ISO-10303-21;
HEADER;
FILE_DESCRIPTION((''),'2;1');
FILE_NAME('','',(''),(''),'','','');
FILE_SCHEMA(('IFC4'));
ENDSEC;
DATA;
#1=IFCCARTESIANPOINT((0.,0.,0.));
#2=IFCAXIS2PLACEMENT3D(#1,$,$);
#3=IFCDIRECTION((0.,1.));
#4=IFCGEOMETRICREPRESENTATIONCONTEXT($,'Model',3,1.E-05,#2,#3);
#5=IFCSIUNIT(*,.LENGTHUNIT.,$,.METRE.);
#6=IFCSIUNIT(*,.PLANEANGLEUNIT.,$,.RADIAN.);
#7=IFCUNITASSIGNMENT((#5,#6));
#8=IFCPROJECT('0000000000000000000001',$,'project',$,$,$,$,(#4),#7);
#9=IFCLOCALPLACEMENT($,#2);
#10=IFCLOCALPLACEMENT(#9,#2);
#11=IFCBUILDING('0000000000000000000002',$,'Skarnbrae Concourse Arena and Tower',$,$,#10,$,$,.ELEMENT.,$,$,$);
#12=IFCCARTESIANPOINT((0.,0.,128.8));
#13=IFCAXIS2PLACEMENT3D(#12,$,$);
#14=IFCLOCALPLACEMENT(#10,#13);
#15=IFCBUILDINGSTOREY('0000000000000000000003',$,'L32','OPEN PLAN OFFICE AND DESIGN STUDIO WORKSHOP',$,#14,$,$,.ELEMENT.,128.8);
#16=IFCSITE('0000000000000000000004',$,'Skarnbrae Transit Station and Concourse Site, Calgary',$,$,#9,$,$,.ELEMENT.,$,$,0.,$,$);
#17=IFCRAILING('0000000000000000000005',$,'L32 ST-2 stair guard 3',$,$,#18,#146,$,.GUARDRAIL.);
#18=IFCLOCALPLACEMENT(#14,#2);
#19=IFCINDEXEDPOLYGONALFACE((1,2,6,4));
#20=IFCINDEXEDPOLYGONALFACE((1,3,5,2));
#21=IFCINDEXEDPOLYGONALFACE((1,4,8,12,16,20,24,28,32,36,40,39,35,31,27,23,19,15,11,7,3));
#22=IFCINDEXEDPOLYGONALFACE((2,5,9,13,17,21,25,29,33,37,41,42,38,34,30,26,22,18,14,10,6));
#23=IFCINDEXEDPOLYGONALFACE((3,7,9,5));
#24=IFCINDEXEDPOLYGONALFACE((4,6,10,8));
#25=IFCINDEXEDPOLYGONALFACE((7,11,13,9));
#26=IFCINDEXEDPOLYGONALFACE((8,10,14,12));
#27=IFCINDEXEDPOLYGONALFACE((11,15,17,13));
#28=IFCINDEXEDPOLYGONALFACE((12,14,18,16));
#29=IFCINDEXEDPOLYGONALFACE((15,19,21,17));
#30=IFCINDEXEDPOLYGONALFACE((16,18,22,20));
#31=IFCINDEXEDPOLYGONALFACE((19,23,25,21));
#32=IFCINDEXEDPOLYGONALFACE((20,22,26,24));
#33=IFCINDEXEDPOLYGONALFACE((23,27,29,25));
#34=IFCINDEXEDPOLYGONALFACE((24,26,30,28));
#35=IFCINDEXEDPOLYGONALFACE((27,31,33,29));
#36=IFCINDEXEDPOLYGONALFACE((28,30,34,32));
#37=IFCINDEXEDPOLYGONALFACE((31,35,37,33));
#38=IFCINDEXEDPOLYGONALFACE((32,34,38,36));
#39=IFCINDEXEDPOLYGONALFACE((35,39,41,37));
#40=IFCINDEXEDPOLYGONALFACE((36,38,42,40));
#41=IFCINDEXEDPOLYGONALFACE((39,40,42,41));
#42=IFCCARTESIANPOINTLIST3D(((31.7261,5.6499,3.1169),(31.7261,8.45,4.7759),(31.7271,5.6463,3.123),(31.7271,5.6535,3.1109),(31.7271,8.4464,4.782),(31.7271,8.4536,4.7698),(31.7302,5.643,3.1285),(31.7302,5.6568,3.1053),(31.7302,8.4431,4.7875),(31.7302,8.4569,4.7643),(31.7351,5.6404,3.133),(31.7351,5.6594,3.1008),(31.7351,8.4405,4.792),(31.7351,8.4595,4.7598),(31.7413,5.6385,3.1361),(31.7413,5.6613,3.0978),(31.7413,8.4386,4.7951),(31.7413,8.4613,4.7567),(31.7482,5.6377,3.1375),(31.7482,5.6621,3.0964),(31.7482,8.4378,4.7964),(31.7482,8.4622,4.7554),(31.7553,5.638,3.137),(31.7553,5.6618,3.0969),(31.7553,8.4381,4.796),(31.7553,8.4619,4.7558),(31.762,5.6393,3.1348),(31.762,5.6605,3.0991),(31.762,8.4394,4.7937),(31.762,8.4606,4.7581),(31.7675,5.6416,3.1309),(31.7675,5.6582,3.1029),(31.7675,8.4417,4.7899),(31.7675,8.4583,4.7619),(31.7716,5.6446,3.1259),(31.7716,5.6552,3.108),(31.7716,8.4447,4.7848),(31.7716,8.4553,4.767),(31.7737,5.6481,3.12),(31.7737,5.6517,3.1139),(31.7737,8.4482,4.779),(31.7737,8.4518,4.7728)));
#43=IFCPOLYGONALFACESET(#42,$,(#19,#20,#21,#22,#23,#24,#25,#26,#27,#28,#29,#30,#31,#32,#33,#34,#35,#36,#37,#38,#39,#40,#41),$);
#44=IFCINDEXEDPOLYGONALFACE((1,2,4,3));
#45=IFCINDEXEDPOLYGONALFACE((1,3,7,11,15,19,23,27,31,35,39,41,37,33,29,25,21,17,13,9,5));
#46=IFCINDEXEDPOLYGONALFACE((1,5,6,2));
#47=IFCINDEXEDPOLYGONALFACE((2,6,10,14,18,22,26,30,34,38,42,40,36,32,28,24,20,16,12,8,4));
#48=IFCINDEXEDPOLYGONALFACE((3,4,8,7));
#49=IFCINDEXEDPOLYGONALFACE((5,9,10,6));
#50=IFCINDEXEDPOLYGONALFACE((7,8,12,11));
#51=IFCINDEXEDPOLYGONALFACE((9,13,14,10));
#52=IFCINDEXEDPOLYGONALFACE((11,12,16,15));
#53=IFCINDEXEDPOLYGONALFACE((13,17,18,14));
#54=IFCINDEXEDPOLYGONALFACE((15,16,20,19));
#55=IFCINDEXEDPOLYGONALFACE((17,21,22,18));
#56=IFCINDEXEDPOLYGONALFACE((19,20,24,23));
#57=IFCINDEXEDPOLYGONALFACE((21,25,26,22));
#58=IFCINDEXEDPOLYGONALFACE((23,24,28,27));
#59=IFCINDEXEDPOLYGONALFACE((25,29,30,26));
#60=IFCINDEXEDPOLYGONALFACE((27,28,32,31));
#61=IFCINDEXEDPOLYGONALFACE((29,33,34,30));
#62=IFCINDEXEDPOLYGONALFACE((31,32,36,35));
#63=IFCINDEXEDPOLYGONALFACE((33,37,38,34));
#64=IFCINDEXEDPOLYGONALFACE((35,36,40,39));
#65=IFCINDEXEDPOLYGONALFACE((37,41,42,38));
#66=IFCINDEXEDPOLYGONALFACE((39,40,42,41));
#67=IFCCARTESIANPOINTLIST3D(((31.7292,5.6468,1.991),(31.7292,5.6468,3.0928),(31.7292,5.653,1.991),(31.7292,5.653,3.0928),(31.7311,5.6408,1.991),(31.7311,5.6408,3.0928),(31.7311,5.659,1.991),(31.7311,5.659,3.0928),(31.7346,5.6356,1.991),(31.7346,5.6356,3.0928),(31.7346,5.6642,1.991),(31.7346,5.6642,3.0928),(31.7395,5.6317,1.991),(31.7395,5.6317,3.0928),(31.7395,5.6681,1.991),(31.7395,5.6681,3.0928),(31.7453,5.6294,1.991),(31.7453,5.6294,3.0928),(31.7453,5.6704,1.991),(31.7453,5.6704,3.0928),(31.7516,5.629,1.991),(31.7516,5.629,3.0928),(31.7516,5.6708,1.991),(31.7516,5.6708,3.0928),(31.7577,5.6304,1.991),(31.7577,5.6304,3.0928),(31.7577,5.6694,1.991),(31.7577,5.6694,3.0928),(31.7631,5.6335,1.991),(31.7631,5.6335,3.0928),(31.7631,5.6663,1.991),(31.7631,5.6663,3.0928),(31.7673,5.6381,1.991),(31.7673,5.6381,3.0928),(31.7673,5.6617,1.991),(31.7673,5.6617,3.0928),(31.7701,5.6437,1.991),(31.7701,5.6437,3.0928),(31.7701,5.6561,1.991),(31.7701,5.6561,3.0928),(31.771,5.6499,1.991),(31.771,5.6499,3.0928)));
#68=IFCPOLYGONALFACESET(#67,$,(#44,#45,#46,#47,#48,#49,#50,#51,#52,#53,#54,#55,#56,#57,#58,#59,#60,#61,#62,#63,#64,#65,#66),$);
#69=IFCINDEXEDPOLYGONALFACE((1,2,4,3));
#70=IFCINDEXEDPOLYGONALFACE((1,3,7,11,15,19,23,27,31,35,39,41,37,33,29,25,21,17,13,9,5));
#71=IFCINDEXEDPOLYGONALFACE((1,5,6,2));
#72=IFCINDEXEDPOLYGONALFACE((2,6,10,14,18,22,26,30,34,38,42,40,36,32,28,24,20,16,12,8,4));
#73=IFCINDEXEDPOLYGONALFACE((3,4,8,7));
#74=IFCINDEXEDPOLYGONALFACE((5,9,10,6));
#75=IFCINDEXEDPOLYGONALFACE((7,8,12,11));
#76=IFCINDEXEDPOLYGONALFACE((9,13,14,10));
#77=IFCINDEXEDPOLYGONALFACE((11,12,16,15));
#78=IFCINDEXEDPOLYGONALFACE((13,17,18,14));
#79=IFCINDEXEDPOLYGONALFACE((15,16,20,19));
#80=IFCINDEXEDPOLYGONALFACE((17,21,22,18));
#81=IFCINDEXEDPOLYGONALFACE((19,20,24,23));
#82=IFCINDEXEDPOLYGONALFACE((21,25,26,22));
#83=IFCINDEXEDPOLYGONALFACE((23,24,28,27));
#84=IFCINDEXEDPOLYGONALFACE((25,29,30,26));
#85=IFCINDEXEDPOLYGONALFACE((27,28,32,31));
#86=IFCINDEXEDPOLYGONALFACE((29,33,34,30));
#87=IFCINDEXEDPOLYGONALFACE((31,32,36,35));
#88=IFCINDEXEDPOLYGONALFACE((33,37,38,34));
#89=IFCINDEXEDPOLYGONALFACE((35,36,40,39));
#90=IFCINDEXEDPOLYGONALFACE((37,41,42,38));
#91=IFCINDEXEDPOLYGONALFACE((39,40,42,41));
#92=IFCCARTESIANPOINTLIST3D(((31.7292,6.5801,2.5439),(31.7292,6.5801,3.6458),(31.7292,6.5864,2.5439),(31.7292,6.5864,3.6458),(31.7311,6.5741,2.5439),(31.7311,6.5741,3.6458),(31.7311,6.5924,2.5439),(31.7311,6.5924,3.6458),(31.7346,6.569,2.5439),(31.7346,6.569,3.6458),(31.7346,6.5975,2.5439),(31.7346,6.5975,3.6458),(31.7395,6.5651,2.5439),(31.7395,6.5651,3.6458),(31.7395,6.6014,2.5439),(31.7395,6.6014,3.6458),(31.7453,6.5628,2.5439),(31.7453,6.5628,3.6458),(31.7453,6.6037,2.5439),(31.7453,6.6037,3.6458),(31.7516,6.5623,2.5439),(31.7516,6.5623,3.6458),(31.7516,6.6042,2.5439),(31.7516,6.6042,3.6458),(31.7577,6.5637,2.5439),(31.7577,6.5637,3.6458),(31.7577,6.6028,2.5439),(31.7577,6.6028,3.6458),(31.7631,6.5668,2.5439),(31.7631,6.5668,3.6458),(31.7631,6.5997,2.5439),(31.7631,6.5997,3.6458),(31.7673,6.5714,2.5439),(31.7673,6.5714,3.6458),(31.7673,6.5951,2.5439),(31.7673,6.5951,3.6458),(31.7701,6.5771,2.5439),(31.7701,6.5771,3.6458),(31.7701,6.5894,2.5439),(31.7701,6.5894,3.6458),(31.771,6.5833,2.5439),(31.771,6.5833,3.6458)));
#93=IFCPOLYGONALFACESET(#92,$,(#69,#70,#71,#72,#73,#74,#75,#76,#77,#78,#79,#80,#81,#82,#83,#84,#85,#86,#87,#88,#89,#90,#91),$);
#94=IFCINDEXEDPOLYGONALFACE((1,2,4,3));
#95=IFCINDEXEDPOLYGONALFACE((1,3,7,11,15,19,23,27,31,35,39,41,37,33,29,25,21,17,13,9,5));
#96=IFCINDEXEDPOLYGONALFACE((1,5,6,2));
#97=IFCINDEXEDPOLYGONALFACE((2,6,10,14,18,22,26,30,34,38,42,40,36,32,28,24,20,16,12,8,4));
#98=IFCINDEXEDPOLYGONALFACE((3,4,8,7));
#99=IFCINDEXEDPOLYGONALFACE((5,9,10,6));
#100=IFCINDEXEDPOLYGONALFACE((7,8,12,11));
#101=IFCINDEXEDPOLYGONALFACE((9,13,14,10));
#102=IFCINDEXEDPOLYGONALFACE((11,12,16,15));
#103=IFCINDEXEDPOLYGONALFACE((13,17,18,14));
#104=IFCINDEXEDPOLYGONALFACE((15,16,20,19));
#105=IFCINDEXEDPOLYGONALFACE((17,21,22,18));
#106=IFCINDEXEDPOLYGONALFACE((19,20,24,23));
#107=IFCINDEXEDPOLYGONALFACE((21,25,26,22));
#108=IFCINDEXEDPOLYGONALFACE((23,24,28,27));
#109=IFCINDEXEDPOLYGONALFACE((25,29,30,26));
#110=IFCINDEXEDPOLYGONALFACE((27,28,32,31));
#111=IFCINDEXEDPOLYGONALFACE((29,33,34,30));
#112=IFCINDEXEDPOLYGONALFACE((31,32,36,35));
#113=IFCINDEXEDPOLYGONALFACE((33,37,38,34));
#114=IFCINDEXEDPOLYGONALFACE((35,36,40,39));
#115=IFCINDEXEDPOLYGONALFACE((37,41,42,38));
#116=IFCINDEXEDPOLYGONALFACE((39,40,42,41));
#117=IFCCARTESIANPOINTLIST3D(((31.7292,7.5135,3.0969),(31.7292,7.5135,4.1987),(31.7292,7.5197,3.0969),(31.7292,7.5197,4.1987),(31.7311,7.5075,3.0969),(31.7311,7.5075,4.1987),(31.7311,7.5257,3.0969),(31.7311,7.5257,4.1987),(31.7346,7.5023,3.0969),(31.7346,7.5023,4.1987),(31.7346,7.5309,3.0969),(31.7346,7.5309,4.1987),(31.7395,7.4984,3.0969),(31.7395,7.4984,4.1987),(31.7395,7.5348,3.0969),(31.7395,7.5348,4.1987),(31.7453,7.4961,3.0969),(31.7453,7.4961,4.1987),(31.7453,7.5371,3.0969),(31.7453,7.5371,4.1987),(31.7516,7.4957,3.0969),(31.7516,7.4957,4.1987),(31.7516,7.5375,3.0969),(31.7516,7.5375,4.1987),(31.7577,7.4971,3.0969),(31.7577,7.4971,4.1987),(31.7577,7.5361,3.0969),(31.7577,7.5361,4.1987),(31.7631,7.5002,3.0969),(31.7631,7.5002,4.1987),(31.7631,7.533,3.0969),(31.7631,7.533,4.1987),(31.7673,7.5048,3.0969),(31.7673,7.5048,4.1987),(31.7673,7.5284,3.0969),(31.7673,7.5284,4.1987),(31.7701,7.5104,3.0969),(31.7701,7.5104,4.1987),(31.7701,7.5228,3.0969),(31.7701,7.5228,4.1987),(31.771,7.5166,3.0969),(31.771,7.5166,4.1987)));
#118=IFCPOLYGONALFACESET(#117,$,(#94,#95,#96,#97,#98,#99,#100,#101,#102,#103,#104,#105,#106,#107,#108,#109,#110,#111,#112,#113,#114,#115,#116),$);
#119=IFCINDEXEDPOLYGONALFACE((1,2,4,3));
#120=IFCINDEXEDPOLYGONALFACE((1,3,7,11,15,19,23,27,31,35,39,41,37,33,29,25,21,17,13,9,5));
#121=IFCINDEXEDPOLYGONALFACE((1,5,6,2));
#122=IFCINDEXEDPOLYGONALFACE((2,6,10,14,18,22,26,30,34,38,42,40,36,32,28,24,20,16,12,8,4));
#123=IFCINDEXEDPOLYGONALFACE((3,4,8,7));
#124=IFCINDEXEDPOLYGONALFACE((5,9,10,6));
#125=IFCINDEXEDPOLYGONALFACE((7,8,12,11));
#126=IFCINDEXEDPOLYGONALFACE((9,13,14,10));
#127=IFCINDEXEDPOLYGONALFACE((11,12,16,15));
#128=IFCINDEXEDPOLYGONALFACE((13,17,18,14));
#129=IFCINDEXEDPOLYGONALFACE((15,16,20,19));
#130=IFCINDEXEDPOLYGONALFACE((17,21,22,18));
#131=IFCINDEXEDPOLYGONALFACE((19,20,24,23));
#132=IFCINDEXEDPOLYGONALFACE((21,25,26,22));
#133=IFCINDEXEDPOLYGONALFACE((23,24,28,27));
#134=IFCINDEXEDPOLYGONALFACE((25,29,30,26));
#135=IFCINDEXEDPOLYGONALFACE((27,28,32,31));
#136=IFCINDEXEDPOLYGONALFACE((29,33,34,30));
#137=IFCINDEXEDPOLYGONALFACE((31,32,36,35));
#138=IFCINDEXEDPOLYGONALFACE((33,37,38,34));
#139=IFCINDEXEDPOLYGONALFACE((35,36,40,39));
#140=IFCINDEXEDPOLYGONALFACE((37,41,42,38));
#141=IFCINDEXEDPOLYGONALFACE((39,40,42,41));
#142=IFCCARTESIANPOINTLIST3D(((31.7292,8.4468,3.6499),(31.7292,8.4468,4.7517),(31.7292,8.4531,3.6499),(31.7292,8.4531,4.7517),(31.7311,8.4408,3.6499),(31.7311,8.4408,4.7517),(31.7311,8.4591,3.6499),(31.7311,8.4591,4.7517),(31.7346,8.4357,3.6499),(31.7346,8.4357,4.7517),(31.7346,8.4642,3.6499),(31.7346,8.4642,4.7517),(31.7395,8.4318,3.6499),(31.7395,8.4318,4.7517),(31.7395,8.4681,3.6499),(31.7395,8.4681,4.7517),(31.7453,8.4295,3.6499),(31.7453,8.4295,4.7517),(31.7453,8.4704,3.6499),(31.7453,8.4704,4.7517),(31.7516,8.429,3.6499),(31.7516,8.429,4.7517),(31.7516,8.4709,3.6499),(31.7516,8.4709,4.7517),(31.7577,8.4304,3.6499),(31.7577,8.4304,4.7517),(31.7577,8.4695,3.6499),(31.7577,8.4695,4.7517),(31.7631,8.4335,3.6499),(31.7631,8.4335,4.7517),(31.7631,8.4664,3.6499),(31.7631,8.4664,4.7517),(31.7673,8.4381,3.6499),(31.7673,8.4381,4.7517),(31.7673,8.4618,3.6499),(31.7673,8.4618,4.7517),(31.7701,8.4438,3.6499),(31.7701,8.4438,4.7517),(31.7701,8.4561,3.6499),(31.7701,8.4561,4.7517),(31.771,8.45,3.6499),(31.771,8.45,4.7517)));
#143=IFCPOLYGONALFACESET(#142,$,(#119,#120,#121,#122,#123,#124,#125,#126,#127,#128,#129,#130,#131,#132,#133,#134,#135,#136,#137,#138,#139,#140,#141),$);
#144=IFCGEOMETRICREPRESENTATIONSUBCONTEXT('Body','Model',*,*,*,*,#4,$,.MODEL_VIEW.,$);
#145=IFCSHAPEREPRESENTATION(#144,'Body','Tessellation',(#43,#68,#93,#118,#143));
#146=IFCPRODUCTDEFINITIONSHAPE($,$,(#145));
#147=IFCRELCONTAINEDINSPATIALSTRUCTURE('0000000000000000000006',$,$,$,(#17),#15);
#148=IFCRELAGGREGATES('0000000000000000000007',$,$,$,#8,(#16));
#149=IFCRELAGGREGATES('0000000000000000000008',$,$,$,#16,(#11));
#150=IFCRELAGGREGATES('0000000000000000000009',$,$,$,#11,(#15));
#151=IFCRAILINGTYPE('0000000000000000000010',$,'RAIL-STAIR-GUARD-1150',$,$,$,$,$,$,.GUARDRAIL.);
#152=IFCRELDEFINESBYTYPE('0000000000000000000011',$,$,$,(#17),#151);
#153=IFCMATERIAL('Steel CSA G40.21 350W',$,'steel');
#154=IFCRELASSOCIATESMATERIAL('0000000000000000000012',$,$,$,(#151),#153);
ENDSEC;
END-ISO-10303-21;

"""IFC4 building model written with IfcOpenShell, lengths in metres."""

from ifc_helpers import new_model, si_unit, direction, frame, origin, origin_2d, place, context, subcontext, project, spatial, circle, extrude, material, type_object, element, save


model = new_model("IFC4")

# Units and contexts
model_context = context("Model", 3, precision=1e-05, world=origin(), true_north=direction((0.0, 1.0)))
body_context = subcontext(model_context, "Body", "Model", "MODEL_VIEW")
ifc_project = project(units=[si_unit("LENGTHUNIT", "METRE"), si_unit("PLANEANGLEUNIT", "RADIAN")], contexts=[model_context])

# Site, building, storey
site_placement = place(None, origin())
site = spatial("IfcSite", under=ifc_project, at=site_placement, Name="Skarnbrae Transit Station and Concourse Site, Calgary", CompositionType="ELEMENT", RefElevation=0.0)
building_placement = place(site_placement, origin())
building = spatial("IfcBuilding", under=site, at=building_placement, Name="Skarnbrae Concourse Arena and Tower", CompositionType="ELEMENT")
storey_placement = place(building_placement, frame((0.0, 0.0, 128.8)))
storey = spatial("IfcBuildingStorey", under=building, at=storey_placement, Name="L32", Description="OPEN PLAN OFFICE AND DESIGN STUDIO WORKSHOP", CompositionType="ELEMENT", Elevation=128.8)

# Shared definitions
ifc_material_1 = material(Name="Steel CSA G40.21 350W", Category="steel")

# Railing
railing_type_1 = type_object("IfcRailingType", Name="RAIL-STAIR-GUARD-1150", PredefinedType="GUARDRAIL", material=ifc_material_1)
railing_1_placement = place(storey_placement, frame((31.75, 5.6499, 1.991)))
element("IfcRailing", 1, at=railing_1_placement, inside=storey, type_object=railing_type_1, Name="L32 ST-2 stair guard 3", PredefinedType="GUARDRAIL", context=body_context, shape_type="SweptSolid", body=[
    extrude(circle(Radius=0.0239, at=origin_2d()), frame((0.0, 0.0, 1.126), z_axis=(0.0, 0.860339, 0.509722), x_axis=(-1.0, 0.0, 0.0)), (0.0, 0.0, 1.0), 3.2546),
    extrude(circle(Radius=0.021, at=origin_2d()), origin(), (0.0, 0.0, 1.0), 1.1018),
    extrude(circle(Radius=0.021, at=origin_2d()), frame((0.0, 0.9333, 0.553)), (0.0, 0.0, 1.0), 1.1018),
    extrude(circle(Radius=0.021, at=origin_2d()), frame((0.0, 1.8667, 1.106)), (0.0, 0.0, 1.0), 1.1018),
    extrude(circle(Radius=0.021, at=origin_2d()), frame((0.0, 2.8, 1.6589)), (0.0, 0.0, 1.0), 1.1018),
])

save(model, "model.ifc")
